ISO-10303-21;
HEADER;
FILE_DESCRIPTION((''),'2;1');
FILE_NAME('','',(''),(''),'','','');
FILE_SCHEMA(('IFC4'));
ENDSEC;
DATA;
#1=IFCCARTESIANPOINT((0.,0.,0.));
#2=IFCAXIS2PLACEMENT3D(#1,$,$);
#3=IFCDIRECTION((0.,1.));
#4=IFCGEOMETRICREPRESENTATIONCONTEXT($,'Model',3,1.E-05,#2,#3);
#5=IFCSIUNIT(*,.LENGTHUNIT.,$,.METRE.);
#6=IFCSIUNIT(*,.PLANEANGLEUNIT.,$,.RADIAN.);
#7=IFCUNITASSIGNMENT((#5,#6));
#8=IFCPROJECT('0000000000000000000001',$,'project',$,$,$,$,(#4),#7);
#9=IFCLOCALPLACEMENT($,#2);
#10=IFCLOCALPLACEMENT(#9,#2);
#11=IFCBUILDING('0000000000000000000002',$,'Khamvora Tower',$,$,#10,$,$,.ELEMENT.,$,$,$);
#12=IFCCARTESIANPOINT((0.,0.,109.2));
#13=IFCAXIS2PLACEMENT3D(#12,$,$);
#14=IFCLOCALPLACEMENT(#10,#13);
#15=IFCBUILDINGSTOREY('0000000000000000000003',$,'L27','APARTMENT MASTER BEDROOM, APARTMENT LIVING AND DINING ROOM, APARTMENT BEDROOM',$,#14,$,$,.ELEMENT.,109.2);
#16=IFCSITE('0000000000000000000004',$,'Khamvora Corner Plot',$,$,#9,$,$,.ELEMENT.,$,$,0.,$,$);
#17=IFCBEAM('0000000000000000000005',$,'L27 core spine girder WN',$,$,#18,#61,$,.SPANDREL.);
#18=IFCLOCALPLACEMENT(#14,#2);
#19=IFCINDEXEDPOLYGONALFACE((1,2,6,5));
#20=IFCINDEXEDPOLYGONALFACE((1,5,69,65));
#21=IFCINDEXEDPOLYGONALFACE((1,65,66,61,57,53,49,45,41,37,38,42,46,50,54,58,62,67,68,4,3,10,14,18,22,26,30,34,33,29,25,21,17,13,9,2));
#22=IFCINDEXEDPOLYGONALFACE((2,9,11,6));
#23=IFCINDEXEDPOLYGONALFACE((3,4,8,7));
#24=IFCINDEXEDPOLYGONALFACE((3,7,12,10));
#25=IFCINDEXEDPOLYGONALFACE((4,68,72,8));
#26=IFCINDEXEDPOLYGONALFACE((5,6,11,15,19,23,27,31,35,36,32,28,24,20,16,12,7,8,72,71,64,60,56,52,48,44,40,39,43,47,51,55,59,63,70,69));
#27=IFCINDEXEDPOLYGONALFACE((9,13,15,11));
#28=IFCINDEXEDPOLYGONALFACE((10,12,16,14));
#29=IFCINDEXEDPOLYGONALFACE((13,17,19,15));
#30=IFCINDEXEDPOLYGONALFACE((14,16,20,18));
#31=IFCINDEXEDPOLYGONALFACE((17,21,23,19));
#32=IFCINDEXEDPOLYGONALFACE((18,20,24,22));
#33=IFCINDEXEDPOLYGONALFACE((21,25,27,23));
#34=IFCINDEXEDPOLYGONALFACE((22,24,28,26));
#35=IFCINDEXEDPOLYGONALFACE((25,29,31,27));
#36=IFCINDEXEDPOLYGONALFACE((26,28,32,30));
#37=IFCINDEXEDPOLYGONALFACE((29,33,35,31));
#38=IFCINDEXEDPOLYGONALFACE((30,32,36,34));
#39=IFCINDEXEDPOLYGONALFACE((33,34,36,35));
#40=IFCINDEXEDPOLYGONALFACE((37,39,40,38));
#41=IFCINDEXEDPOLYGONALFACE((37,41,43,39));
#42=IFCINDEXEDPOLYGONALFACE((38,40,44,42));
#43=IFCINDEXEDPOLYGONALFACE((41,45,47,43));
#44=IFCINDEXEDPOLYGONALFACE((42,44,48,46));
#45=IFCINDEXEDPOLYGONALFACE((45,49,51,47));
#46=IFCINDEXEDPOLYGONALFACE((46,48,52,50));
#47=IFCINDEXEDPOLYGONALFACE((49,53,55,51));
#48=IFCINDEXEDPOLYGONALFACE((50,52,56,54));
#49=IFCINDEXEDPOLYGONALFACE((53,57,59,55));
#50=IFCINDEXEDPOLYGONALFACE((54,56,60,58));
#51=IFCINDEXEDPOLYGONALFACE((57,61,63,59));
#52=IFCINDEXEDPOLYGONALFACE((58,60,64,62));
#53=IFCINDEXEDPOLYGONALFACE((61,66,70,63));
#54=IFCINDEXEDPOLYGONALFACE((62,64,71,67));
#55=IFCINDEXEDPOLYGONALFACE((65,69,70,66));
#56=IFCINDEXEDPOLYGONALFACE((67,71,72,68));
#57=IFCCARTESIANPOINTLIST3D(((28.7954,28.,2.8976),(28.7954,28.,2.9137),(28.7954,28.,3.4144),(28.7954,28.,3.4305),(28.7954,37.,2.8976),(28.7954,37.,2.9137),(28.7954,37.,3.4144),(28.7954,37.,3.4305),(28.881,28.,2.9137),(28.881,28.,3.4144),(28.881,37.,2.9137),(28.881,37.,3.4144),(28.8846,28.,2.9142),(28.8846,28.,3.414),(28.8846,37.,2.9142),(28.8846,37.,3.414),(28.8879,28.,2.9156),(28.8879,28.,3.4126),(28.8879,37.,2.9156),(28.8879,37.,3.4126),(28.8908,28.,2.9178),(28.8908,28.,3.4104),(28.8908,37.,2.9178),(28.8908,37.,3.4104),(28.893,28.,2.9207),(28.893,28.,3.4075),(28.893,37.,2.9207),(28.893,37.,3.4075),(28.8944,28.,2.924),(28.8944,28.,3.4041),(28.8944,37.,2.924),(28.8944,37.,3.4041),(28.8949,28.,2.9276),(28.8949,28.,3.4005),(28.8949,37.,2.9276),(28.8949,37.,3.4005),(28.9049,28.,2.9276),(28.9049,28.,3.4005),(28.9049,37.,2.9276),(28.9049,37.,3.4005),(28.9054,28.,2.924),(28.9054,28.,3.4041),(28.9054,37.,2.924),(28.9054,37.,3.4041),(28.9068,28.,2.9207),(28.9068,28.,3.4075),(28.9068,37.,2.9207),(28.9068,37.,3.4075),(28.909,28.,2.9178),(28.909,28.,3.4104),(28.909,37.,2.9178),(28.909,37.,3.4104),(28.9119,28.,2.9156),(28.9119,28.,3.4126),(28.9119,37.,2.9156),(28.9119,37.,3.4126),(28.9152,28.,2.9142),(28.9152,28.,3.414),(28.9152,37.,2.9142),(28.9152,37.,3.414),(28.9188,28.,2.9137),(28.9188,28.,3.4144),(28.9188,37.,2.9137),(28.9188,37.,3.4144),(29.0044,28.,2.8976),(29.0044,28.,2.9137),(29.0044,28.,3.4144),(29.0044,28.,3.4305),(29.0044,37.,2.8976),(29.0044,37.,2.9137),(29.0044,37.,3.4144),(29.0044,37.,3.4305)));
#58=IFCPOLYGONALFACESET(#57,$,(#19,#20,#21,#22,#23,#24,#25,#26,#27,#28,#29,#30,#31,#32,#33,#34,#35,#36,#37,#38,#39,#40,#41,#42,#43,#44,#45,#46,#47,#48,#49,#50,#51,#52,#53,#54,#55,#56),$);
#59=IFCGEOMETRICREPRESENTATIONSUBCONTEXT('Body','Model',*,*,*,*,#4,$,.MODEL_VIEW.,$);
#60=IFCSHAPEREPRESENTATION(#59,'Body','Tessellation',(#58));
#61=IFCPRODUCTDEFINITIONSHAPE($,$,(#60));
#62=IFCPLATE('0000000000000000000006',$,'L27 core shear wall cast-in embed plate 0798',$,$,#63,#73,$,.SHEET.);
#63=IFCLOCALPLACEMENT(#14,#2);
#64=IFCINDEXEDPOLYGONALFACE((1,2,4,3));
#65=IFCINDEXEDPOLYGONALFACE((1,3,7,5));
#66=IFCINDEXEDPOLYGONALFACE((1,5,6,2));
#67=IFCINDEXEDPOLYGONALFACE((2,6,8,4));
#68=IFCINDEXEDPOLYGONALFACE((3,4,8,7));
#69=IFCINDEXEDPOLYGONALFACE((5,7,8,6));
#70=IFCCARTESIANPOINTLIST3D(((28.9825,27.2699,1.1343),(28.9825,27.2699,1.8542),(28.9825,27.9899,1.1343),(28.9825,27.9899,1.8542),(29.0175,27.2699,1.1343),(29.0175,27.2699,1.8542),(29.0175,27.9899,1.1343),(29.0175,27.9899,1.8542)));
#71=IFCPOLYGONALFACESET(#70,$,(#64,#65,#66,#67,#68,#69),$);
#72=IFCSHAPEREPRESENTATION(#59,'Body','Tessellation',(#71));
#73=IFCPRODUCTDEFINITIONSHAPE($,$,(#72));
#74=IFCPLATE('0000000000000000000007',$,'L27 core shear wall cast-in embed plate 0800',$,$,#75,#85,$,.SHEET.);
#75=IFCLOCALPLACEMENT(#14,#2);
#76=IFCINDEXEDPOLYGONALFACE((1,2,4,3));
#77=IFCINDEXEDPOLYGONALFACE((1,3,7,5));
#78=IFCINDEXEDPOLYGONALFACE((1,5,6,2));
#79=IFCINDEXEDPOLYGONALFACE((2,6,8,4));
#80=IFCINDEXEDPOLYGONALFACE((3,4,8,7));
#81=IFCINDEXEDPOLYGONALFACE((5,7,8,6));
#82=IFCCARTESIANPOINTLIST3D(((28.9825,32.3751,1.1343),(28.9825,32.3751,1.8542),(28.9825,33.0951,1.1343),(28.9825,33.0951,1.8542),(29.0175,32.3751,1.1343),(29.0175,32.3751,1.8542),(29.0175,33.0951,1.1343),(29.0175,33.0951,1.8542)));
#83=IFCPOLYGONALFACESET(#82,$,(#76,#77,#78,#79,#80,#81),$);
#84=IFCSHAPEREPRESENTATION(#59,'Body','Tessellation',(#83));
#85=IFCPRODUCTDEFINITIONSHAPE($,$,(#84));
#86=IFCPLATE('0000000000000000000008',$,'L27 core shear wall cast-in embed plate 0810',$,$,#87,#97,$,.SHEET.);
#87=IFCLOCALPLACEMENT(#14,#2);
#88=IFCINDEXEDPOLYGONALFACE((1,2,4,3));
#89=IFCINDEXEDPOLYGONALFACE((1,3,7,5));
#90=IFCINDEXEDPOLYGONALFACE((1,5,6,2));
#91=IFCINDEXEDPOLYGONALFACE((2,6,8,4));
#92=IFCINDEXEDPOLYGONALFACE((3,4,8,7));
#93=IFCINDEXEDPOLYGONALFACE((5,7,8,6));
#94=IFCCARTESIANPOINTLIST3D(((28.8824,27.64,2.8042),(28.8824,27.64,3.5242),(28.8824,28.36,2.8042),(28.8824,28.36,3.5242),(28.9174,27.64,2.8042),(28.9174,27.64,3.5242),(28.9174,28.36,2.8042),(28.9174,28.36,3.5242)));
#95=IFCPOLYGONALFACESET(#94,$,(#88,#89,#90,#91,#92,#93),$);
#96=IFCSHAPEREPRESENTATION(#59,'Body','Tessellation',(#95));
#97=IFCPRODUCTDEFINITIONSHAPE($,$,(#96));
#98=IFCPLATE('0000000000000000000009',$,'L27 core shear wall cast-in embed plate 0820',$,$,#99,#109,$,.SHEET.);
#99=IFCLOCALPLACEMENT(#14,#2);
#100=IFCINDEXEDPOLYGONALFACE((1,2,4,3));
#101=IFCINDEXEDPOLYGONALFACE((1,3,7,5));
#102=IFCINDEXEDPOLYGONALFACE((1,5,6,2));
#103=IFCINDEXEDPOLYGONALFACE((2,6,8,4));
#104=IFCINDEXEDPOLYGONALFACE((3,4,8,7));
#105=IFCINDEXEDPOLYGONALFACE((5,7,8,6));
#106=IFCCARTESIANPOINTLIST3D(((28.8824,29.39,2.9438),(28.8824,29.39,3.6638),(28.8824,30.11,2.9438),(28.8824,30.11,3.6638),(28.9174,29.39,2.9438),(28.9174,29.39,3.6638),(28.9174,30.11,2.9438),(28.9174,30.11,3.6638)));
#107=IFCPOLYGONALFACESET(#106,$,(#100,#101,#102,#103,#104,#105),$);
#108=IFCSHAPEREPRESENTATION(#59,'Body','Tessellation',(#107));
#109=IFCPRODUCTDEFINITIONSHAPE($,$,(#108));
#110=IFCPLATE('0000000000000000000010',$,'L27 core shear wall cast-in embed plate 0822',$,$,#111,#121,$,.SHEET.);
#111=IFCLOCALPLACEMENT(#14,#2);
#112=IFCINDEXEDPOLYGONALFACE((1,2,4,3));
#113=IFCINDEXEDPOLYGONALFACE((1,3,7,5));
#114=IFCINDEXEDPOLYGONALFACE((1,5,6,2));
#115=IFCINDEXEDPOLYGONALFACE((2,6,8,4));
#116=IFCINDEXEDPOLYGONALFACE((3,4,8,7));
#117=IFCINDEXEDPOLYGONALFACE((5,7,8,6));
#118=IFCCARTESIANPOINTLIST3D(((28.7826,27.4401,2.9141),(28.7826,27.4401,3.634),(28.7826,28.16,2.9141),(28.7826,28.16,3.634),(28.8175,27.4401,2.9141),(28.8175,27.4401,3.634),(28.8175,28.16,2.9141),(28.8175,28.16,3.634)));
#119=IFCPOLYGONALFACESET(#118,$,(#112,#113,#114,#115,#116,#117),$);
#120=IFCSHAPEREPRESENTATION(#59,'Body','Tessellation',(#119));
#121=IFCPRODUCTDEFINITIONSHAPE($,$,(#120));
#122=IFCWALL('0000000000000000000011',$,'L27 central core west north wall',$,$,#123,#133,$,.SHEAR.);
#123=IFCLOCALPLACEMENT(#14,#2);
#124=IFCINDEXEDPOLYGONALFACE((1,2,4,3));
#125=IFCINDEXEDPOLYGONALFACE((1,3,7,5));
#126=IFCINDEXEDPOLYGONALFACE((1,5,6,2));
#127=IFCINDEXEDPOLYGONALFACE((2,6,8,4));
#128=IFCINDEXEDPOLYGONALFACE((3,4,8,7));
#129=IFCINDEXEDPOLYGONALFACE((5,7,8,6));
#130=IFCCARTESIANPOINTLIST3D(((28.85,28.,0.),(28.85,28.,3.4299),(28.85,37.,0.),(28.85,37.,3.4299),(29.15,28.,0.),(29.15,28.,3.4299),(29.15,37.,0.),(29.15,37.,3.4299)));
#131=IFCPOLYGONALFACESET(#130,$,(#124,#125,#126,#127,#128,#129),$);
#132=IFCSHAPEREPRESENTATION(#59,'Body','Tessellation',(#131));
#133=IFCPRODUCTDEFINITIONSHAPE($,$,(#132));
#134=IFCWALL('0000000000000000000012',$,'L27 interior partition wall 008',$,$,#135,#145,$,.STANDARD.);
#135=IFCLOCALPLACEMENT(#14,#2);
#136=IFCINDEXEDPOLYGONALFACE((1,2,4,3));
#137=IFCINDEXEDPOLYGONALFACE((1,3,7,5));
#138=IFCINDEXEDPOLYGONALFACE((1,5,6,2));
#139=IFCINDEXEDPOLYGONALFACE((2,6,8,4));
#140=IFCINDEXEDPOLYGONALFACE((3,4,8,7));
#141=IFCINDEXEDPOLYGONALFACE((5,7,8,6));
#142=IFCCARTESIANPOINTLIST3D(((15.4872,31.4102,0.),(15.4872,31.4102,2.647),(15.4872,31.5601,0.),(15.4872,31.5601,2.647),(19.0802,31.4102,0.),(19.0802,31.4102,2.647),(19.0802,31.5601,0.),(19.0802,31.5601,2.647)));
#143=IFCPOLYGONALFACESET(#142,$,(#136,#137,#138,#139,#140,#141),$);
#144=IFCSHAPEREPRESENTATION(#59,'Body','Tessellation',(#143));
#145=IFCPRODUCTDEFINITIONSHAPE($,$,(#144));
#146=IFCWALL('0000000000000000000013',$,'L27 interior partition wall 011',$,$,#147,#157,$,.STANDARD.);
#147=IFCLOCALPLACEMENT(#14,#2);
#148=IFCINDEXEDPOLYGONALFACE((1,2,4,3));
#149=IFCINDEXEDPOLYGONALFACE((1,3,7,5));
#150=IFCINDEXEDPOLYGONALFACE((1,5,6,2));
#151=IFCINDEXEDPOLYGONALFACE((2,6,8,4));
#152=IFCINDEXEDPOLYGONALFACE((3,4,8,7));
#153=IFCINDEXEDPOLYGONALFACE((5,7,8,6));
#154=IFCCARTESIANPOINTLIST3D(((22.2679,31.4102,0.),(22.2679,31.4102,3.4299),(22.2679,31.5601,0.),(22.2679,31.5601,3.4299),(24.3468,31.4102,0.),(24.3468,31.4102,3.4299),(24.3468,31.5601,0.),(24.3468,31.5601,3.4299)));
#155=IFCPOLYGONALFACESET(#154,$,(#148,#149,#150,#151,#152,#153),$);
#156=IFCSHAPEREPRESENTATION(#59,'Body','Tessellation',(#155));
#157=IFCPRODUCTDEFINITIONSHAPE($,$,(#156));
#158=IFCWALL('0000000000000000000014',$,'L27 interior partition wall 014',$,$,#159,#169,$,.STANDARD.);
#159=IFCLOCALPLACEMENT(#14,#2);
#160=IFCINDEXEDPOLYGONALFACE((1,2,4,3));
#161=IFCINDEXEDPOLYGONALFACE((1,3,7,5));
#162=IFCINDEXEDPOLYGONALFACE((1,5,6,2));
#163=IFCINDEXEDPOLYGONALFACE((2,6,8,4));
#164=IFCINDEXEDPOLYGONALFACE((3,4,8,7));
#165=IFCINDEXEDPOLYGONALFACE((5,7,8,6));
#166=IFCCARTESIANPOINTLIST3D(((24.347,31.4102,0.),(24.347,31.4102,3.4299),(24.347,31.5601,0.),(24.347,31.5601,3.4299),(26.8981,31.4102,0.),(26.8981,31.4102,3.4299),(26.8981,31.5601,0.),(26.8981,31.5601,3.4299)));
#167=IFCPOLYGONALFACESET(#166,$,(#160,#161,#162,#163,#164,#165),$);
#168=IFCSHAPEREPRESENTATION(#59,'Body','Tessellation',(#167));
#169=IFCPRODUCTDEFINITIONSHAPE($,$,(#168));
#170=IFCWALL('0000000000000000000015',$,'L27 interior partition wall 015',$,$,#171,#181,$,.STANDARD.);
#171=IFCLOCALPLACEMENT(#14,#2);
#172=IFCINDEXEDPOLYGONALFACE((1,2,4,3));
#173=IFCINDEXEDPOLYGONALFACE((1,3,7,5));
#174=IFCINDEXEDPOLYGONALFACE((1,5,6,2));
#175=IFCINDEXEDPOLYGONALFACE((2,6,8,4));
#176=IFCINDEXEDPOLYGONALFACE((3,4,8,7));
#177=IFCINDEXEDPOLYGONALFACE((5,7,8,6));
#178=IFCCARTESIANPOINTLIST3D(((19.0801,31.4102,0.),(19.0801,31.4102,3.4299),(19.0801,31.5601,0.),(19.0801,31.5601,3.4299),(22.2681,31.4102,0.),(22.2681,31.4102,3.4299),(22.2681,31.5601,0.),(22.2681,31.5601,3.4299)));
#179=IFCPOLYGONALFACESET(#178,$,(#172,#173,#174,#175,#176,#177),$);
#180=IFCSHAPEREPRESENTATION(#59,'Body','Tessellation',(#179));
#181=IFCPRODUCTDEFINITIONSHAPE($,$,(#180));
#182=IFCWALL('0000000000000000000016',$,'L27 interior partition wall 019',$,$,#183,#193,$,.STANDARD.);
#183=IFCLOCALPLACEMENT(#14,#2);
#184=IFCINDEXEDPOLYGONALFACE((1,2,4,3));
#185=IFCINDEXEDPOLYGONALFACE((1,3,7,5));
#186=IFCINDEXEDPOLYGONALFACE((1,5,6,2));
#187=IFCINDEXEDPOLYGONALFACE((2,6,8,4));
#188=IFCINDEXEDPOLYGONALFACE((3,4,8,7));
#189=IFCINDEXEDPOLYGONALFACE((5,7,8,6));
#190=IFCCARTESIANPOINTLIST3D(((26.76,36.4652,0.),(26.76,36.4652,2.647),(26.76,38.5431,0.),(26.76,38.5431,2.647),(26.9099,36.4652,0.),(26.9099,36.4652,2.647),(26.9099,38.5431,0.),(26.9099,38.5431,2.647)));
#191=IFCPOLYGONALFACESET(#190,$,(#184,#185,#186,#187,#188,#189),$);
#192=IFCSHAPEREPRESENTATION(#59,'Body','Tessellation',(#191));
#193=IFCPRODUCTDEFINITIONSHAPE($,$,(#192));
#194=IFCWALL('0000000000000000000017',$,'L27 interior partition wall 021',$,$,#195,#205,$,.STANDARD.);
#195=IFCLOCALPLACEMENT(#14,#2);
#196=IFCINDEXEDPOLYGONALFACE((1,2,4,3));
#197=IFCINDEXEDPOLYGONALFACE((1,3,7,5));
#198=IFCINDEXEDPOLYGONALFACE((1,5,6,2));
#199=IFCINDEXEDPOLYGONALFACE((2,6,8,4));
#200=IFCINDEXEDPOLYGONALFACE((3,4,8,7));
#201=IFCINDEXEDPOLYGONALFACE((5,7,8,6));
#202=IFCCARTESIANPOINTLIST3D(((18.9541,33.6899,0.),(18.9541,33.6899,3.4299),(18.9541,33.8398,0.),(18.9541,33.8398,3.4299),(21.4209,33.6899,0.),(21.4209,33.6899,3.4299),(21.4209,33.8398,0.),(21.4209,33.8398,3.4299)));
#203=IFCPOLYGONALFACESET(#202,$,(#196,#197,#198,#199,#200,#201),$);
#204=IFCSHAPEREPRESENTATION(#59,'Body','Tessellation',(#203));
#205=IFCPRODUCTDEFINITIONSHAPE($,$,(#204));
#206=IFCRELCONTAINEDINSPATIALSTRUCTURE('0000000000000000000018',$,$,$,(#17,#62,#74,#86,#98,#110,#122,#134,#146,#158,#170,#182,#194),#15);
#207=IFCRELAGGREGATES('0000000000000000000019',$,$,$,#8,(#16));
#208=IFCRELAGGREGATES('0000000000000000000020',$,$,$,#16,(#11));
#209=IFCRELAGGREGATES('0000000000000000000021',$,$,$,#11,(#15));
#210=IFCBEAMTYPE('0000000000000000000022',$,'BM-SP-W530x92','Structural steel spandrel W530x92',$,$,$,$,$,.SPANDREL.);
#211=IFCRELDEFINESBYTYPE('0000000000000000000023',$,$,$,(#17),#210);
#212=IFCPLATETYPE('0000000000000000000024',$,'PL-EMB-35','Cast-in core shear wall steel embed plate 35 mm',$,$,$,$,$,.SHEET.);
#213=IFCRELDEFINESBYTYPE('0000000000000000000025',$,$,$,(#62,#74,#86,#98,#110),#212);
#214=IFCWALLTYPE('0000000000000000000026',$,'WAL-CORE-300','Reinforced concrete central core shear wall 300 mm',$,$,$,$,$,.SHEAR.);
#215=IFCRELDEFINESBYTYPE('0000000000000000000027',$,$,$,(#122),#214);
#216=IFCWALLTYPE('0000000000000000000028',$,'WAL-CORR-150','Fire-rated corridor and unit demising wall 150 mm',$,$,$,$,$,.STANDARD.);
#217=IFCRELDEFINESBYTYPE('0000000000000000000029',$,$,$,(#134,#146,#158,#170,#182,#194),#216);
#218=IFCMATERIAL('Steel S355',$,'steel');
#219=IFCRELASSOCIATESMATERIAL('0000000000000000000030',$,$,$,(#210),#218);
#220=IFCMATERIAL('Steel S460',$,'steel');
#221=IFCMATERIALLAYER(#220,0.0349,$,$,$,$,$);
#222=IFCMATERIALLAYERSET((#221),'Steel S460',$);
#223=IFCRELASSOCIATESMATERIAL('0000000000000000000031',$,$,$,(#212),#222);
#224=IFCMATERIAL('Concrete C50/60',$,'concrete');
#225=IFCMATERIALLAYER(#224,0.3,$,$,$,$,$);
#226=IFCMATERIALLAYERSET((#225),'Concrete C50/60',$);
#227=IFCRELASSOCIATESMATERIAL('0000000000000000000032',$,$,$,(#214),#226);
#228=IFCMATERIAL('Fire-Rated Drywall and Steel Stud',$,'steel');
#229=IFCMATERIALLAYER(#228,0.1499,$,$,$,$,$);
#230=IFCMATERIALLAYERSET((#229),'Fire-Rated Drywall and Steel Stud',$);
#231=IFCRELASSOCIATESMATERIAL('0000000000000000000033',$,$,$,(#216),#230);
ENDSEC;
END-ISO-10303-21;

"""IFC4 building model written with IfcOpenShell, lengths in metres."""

from ifc_helpers import new_model, si_unit, direction, frame, frame_2d, origin, origin_2d, place, context, subcontext, project, spatial, rectangle, i_section, extrude, material, layer, layer_set, material_profile, profile_set, type_object, element, save


model = new_model("IFC4")

# Units and contexts
model_context = context("Model", 3, precision=1e-05, world=origin(), true_north=direction((0.0, 1.0)))
body_context = subcontext(model_context, "Body", "Model", "MODEL_VIEW")
ifc_project = project(units=[si_unit("LENGTHUNIT", "METRE"), si_unit("PLANEANGLEUNIT", "RADIAN")], contexts=[model_context])

# Site, building, storey
site_placement = place(None, origin())
site = spatial("IfcSite", under=ifc_project, at=site_placement, Name="Khamvora Corner Plot", CompositionType="ELEMENT", RefElevation=0.0)
building_placement = place(site_placement, origin())
building = spatial("IfcBuilding", under=site, at=building_placement, Name="Khamvora Tower", CompositionType="ELEMENT")
storey_placement = place(building_placement, frame((0.0, 0.0, 109.2)))
storey = spatial("IfcBuildingStorey", under=building, at=storey_placement, Name="L27", Description="APARTMENT MASTER BEDROOM, APARTMENT LIVING AND DINING ROOM, APARTMENT BEDROOM", CompositionType="ELEMENT", Elevation=109.2)

# Shared definitions
ifc_material_1 = material(Name="Steel S460", Category="steel")

# Beam
ifc_material_2 = material(Name="Steel S355", Category="steel")
ifc_material_profile_1 = material_profile(ifc_material_2, i_section(OverallWidth=0.209, OverallDepth=0.533, WebThickness=0.01, FlangeThickness=0.0161, FilletRadius=0.0139, at=origin_2d()), Name="W530x92")
ifc_profile_set_1 = profile_set([ifc_material_profile_1], Name="Steel S355")
beam_type_1 = type_object("IfcBeamType", Name="BM-SP-W530x92", Description="Structural steel spandrel W530x92", PredefinedType="SPANDREL", material=ifc_profile_set_1)
beam_1_placement = place(storey_placement, frame((28.8999, 28.0, 3.1641), z_axis=(0.0, 1.0, 0.0), x_axis=(-1.0, 0.0, 0.0)))
element("IfcBeam", 1, at=beam_1_placement, inside=storey, type_object=beam_type_1, Name="L27 core spine girder WN", PredefinedType="SPANDREL", context=body_context, shape_type="SweptSolid", body=[
    extrude(i_section(OverallWidth=0.209, OverallDepth=0.533, WebThickness=0.01, FlangeThickness=0.0161, FilletRadius=0.0139, at=origin_2d()), origin(), (0.0, 0.0, 1.0), 9.0),
])

# Plates
ifc_layer_1 = layer(ifc_material_1, 0.0349)
ifc_layer_set_1 = layer_set([ifc_layer_1], Name="Steel S460")
plate_type = type_object("IfcPlateType", Name="PL-EMB-35", Description="Cast-in core shear wall steel embed plate 35 mm", PredefinedType="SHEET", material=ifc_layer_set_1)
for number, where, z_axis, x_axis, name in (
    (2, (29.0, 27.6299, 1.1343), (0.0, 0.0, 1.0), (1.0, 0.0, 0.0), "L27 core shear wall cast-in embed plate 0798"),
    (3, (29.0, 32.7351, 1.1343), (0.0, 0.0, 1.0), (1.0, 0.0, 0.0), "L27 core shear wall cast-in embed plate 0800"),
    (4, (28.8999, 28.0, 2.8042), (0.0, 0.0, 1.0), (1.0, 0.0, 0.0), "L27 core shear wall cast-in embed plate 0810"),
    (5, (28.8999, 29.75, 2.9438), (0.0, 0.0, 1.0), (1.0, 0.0, 0.0), "L27 core shear wall cast-in embed plate 0820"),
    (6, (28.8, 27.8, 2.9141), (0.0, 0.0, 1.0), (1.0, 0.0, 0.0), "L27 core shear wall cast-in embed plate 0822"),
):
    element("IfcPlate", number, at=place(storey_placement, frame(where, z_axis=z_axis, x_axis=x_axis)), inside=storey, type_object=plate_type, Name=name, PredefinedType="SHEET", context=body_context, shape_type="SweptSolid", body=[
        extrude(rectangle(XDim=0.0349, YDim=0.72, at=origin_2d()), origin(), (0.0, 0.0, 1.0), 0.72),
    ])

# Walls
ifc_material_3 = material(Name="Concrete C50/60", Category="concrete")
ifc_layer_2 = layer(ifc_material_3, 0.3)
ifc_layer_set_2 = layer_set([ifc_layer_2], Name="Concrete C50/60")
wall_type_1 = type_object("IfcWallType", Name="WAL-CORE-300", Description="Reinforced concrete central core shear wall 300 mm", PredefinedType="SHEAR", material=ifc_layer_set_2)
wall_1_placement = place(storey_placement, frame((29.0, 28.0, 0.0), z_axis=(0.0, 0.0, 1.0), x_axis=(0.0, 1.0, 0.0)))
element("IfcWall", 7, at=wall_1_placement, inside=storey, type_object=wall_type_1, Name="L27 central core west north wall", PredefinedType="SHEAR", context=body_context, shape_type="SweptSolid", body=[
    extrude(rectangle(XDim=9.0, YDim=0.3, at=frame_2d((4.5, 0.0))), origin(), (0.0, 0.0, 1.0), 3.4299),
])
ifc_material_4 = material(Name="Fire-Rated Drywall and Steel Stud", Category="steel")
ifc_layer_3 = layer(ifc_material_4, 0.1499)
ifc_layer_set_3 = layer_set([ifc_layer_3], Name="Fire-Rated Drywall and Steel Stud")
wall_type_2 = type_object("IfcWallType", Name="WAL-CORR-150", Description="Fire-rated corridor and unit demising wall 150 mm", PredefinedType="STANDARD", material=ifc_layer_set_3)
wall_2_placement = place(storey_placement, frame((19.0801, 31.4851, 0.0), z_axis=(0.0, 0.0, 1.0), x_axis=(-1.0, 0.0, 0.0)))
element("IfcWall", 8, at=wall_2_placement, inside=storey, type_object=wall_type_2, Name="L27 interior partition wall 008", PredefinedType="STANDARD", context=body_context, shape_type="SweptSolid", body=[
    extrude(rectangle(XDim=3.593, YDim=0.1499, at=frame_2d((1.7964, 0.0))), origin(), (0.0, 0.0, 1.0), 2.647),
])
wall_3_placement = place(storey_placement, frame((24.3469, 31.4851, 0.0), z_axis=(0.0, 0.0, 1.0), x_axis=(-1.0, 0.0, 0.0)))
element("IfcWall", 9, at=wall_3_placement, inside=storey, type_object=wall_type_2, Name="L27 interior partition wall 011", PredefinedType="STANDARD", context=body_context, shape_type="SweptSolid", body=[
    extrude(rectangle(XDim=2.0789, YDim=0.1499, at=frame_2d((1.0396, 0.0))), origin(), (0.0, 0.0, 1.0), 3.4299),
])
wall_4_placement = place(storey_placement, frame((26.8979, 31.4851, 0.0), z_axis=(0.0, 0.0, 1.0), x_axis=(-1.0, 0.0, 0.0)))
element("IfcWall", 10, at=wall_4_placement, inside=storey, type_object=wall_type_2, Name="L27 interior partition wall 014", PredefinedType="STANDARD", context=body_context, shape_type="SweptSolid", body=[
    extrude(rectangle(XDim=2.551, YDim=0.1499, at=frame_2d((1.2754, 0.0))), origin(), (0.0, 0.0, 1.0), 3.4299),
])
wall_5_placement = place(storey_placement, frame((22.2681, 31.4851, 0.0), z_axis=(0.0, 0.0, 1.0), x_axis=(-1.0, 0.0, 0.0)))
element("IfcWall", 11, at=wall_5_placement, inside=storey, type_object=wall_type_2, Name="L27 interior partition wall 015", PredefinedType="STANDARD", context=body_context, shape_type="SweptSolid", body=[
    extrude(rectangle(XDim=3.188, YDim=0.1499, at=frame_2d((1.594, 0.0))), origin(), (0.0, 0.0, 1.0), 3.4299),
])
wall_6_placement = place(storey_placement, frame((26.835, 36.4651, 0.0), z_axis=(0.0, 0.0, 1.0), x_axis=(0.0, 1.0, 0.0)))
element("IfcWall", 12, at=wall_6_placement, inside=storey, type_object=wall_type_2, Name="L27 interior partition wall 019", PredefinedType="STANDARD", context=body_context, shape_type="SweptSolid", body=[
    extrude(rectangle(XDim=2.0779, YDim=0.1499, at=frame_2d((1.0391, 0.0))), origin(), (0.0, 0.0, 1.0), 2.647),
])

# Wall
wall_7_placement = place(storey_placement, frame((18.9541, 33.7649, 0.0), z_axis=(0.0, 0.0, 1.0), x_axis=(1.0, 0.0, 0.0)))
element("IfcWall", 13, at=wall_7_placement, inside=storey, type_object=wall_type_2, Name="L27 interior partition wall 021", PredefinedType="STANDARD", context=body_context, shape_type="SweptSolid", body=[
    extrude(rectangle(XDim=2.4668, YDim=0.1499, at=frame_2d((1.2334, 0.0))), origin(), (0.0, 0.0, 1.0), 3.4299),
])

save(model, "model.ifc")
